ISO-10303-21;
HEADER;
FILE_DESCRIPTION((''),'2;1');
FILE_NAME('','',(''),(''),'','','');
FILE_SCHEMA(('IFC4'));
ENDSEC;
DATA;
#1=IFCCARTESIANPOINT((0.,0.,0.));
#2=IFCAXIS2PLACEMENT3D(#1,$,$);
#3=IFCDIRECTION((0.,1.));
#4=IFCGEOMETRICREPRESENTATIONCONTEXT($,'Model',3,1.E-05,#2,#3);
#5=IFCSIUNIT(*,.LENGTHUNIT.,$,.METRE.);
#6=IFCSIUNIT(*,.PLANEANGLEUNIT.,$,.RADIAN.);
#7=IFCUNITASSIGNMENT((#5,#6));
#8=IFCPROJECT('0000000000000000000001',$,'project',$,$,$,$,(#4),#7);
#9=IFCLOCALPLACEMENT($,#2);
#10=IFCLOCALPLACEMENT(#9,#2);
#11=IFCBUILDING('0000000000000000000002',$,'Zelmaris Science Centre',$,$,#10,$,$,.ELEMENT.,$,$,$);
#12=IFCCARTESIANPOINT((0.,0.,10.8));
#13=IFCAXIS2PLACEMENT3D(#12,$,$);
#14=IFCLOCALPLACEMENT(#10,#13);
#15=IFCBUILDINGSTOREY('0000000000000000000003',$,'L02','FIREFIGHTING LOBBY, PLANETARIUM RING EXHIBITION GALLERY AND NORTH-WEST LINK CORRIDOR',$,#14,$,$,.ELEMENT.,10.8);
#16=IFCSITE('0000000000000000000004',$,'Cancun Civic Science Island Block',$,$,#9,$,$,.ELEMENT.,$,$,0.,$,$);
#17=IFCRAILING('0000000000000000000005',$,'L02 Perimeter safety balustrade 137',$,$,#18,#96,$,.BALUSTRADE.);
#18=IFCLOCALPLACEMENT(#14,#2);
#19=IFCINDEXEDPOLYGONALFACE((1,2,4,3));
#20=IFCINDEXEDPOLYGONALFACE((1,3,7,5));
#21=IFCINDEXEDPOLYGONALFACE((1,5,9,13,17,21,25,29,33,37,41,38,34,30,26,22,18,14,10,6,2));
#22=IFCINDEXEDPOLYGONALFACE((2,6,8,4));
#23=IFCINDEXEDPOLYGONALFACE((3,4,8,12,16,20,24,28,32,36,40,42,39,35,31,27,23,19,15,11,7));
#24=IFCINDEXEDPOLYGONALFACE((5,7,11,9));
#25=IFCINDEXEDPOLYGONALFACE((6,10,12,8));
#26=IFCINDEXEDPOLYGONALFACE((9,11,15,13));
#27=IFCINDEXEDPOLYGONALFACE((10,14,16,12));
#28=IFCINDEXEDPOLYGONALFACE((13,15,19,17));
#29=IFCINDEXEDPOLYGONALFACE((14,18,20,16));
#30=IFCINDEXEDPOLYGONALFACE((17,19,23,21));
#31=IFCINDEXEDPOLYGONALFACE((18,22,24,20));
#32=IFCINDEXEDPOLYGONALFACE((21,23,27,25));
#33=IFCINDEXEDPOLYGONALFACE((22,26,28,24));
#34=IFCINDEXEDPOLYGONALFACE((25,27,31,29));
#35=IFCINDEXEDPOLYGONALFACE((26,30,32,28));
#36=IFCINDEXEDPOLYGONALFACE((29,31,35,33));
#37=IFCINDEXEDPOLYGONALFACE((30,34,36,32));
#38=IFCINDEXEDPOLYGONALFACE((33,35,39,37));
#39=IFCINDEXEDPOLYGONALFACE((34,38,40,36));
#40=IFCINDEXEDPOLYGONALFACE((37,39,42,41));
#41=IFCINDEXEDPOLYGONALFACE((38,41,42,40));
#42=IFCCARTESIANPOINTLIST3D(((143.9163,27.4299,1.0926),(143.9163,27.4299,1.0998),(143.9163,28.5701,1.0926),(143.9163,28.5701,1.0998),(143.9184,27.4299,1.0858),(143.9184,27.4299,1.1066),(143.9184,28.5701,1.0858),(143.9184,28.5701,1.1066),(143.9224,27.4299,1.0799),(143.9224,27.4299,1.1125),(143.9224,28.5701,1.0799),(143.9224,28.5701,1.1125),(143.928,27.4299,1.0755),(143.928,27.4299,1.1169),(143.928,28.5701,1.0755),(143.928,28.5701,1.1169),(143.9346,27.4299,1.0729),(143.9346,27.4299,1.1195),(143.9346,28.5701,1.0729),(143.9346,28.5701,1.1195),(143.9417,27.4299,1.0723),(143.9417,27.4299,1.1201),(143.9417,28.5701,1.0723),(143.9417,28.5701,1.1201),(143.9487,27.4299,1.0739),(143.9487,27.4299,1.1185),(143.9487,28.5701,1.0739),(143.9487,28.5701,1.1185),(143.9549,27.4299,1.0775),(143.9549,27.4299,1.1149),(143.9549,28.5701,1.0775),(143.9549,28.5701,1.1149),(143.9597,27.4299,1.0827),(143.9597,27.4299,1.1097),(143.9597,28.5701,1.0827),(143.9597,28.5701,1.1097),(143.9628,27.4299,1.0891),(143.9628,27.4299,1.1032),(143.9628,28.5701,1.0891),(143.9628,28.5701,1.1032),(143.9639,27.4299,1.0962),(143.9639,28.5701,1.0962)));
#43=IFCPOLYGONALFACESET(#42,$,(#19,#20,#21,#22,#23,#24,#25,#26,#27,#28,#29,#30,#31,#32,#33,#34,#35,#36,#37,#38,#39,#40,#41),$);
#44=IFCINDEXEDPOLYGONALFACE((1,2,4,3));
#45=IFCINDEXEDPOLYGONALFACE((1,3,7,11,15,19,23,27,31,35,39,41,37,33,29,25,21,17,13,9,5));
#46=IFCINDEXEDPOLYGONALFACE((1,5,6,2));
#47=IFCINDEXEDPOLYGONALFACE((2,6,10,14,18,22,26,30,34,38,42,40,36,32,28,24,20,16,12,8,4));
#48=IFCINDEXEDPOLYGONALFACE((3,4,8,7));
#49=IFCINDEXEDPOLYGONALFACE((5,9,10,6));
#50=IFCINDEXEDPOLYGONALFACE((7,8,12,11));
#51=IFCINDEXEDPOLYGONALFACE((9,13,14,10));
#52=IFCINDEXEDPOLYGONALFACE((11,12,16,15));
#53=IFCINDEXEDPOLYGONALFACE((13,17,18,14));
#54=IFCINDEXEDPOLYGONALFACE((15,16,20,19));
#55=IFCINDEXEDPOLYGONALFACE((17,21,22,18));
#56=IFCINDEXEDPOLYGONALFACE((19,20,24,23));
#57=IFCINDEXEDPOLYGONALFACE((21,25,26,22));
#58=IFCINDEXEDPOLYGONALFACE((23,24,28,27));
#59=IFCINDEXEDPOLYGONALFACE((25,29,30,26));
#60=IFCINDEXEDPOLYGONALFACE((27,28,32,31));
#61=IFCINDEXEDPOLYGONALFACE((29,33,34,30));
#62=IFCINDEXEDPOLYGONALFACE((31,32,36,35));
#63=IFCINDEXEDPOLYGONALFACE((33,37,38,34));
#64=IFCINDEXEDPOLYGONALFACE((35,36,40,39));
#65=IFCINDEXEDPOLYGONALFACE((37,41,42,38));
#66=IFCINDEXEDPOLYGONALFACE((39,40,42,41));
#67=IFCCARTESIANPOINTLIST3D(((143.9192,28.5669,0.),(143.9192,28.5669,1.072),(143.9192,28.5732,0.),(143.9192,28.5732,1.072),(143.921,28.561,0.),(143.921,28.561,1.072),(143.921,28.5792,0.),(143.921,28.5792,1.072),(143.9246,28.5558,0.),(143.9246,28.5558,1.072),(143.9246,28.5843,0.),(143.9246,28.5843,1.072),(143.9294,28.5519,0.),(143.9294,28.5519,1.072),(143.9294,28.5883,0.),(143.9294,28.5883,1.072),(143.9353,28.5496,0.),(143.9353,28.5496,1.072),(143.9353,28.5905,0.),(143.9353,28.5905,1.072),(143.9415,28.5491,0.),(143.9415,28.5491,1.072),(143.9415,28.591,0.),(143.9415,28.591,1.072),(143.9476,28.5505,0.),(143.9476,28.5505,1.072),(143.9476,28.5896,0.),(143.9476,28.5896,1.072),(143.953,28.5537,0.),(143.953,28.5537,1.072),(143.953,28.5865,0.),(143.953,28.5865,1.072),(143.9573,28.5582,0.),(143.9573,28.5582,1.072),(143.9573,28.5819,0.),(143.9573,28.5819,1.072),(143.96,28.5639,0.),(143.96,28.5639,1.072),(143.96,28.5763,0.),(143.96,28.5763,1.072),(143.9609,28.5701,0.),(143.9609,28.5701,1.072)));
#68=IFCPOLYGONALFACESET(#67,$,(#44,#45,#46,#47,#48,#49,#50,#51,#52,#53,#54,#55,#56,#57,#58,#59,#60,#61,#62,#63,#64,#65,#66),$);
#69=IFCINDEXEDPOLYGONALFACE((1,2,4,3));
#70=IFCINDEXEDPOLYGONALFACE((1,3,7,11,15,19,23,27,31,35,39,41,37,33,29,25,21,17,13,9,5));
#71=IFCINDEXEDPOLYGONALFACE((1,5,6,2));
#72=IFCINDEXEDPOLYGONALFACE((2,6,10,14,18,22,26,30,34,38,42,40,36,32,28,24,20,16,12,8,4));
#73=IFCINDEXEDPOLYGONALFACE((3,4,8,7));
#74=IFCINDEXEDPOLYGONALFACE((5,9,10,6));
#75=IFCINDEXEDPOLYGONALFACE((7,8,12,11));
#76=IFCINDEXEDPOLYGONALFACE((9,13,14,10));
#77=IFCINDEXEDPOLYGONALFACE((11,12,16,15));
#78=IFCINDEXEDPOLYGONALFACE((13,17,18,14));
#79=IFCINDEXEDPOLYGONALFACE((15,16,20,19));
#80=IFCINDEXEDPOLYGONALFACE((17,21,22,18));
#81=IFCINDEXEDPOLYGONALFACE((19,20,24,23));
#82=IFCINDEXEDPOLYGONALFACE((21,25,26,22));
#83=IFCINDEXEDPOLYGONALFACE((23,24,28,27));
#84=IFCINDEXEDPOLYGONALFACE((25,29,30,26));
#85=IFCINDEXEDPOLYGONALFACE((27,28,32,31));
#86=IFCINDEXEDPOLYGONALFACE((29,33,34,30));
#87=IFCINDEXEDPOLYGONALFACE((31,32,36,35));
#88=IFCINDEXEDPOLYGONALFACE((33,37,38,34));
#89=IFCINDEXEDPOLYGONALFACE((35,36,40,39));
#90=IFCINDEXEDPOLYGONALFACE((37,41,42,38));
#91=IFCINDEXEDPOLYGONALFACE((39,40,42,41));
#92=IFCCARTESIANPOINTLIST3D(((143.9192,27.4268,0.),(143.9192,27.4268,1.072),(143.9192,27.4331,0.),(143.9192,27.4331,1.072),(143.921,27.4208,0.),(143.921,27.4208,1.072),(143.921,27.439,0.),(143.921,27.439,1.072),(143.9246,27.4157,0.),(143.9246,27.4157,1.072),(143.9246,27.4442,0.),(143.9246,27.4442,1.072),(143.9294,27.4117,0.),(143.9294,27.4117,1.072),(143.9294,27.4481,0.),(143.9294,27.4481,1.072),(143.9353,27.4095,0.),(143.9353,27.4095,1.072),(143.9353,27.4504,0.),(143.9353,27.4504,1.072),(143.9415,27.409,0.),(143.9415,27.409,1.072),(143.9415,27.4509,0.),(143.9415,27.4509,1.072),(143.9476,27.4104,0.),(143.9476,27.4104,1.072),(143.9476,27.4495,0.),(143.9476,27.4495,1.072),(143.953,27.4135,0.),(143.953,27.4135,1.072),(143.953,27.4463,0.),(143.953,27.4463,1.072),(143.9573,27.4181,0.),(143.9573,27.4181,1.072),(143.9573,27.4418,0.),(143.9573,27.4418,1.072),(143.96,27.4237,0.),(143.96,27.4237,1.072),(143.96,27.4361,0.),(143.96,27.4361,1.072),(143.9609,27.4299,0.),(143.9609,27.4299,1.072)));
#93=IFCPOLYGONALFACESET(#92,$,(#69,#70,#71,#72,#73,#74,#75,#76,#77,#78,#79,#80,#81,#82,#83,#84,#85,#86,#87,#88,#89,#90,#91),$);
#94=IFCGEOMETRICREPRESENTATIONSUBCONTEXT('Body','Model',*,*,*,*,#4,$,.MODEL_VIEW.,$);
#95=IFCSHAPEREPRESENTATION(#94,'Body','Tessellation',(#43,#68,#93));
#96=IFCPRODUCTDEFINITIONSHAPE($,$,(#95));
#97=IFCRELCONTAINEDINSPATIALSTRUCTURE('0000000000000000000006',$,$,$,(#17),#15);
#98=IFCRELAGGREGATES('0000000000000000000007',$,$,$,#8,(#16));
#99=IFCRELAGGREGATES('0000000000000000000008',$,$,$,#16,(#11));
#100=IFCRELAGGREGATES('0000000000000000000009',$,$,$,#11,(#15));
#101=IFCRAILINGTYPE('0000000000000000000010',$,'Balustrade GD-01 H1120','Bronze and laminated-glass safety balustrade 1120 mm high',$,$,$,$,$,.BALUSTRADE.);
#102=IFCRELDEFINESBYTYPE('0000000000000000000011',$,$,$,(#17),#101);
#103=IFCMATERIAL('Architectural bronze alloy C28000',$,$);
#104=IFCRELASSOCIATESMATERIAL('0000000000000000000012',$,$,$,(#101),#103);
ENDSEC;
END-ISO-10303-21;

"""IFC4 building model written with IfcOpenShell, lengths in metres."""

from ifc_helpers import new_model, si_unit, direction, frame, origin, origin_2d, place, context, subcontext, project, spatial, circle, extrude, material, type_object, element, save


model = new_model("IFC4")

# Units and contexts
model_context = context("Model", 3, precision=1e-05, world=origin(), true_north=direction((0.0, 1.0)))
body_context = subcontext(model_context, "Body", "Model", "MODEL_VIEW")
ifc_project = project(units=[si_unit("LENGTHUNIT", "METRE"), si_unit("PLANEANGLEUNIT", "RADIAN")], contexts=[model_context])

# Site, building, storey
site_placement = place(None, origin())
site = spatial("IfcSite", under=ifc_project, at=site_placement, Name="Cancun Civic Science Island Block", CompositionType="ELEMENT", RefElevation=0.0)
building_placement = place(site_placement, origin())
building = spatial("IfcBuilding", under=site, at=building_placement, Name="Zelmaris Science Centre", CompositionType="ELEMENT")
storey_placement = place(building_placement, frame((0.0, 0.0, 10.8)))
storey = spatial("IfcBuildingStorey", under=building, at=storey_placement, Name="L02", Description="FIREFIGHTING LOBBY, PLANETARIUM RING EXHIBITION GALLERY AND NORTH-WEST LINK CORRIDOR", CompositionType="ELEMENT", Elevation=10.8)

# Railing
ifc_material_1 = material(Name="Architectural bronze alloy C28000")
railing_type = type_object("IfcRailingType", Name="Balustrade GD-01 H1120", Description="Bronze and laminated-glass safety balustrade 1120 mm high", PredefinedType="BALUSTRADE", material=ifc_material_1)
railing_placement = place(storey_placement, frame((143.9399, 28.5701, 0.0)))
element("IfcRailing", 1, at=railing_placement, inside=storey, type_object=railing_type, Name="L02 Perimeter safety balustrade 137", PredefinedType="BALUSTRADE", context=body_context, shape_type="SweptSolid", body=[
    extrude(circle(Radius=0.0239, at=origin_2d()), frame((0.0, 0.0, 1.0962), z_axis=(0.0, -1.0, 0.0), x_axis=(1.0, 0.0, 0.0)), (0.0, 0.0, 1.0), 1.1401),
    extrude(circle(Radius=0.021, at=origin_2d()), origin(), (0.0, 0.0, 1.0), 1.072),
    extrude(circle(Radius=0.021, at=origin_2d()), frame((0.0, -1.1401, 0.0)), (0.0, 0.0, 1.0), 1.072),
])

save(model, "model.ifc")
